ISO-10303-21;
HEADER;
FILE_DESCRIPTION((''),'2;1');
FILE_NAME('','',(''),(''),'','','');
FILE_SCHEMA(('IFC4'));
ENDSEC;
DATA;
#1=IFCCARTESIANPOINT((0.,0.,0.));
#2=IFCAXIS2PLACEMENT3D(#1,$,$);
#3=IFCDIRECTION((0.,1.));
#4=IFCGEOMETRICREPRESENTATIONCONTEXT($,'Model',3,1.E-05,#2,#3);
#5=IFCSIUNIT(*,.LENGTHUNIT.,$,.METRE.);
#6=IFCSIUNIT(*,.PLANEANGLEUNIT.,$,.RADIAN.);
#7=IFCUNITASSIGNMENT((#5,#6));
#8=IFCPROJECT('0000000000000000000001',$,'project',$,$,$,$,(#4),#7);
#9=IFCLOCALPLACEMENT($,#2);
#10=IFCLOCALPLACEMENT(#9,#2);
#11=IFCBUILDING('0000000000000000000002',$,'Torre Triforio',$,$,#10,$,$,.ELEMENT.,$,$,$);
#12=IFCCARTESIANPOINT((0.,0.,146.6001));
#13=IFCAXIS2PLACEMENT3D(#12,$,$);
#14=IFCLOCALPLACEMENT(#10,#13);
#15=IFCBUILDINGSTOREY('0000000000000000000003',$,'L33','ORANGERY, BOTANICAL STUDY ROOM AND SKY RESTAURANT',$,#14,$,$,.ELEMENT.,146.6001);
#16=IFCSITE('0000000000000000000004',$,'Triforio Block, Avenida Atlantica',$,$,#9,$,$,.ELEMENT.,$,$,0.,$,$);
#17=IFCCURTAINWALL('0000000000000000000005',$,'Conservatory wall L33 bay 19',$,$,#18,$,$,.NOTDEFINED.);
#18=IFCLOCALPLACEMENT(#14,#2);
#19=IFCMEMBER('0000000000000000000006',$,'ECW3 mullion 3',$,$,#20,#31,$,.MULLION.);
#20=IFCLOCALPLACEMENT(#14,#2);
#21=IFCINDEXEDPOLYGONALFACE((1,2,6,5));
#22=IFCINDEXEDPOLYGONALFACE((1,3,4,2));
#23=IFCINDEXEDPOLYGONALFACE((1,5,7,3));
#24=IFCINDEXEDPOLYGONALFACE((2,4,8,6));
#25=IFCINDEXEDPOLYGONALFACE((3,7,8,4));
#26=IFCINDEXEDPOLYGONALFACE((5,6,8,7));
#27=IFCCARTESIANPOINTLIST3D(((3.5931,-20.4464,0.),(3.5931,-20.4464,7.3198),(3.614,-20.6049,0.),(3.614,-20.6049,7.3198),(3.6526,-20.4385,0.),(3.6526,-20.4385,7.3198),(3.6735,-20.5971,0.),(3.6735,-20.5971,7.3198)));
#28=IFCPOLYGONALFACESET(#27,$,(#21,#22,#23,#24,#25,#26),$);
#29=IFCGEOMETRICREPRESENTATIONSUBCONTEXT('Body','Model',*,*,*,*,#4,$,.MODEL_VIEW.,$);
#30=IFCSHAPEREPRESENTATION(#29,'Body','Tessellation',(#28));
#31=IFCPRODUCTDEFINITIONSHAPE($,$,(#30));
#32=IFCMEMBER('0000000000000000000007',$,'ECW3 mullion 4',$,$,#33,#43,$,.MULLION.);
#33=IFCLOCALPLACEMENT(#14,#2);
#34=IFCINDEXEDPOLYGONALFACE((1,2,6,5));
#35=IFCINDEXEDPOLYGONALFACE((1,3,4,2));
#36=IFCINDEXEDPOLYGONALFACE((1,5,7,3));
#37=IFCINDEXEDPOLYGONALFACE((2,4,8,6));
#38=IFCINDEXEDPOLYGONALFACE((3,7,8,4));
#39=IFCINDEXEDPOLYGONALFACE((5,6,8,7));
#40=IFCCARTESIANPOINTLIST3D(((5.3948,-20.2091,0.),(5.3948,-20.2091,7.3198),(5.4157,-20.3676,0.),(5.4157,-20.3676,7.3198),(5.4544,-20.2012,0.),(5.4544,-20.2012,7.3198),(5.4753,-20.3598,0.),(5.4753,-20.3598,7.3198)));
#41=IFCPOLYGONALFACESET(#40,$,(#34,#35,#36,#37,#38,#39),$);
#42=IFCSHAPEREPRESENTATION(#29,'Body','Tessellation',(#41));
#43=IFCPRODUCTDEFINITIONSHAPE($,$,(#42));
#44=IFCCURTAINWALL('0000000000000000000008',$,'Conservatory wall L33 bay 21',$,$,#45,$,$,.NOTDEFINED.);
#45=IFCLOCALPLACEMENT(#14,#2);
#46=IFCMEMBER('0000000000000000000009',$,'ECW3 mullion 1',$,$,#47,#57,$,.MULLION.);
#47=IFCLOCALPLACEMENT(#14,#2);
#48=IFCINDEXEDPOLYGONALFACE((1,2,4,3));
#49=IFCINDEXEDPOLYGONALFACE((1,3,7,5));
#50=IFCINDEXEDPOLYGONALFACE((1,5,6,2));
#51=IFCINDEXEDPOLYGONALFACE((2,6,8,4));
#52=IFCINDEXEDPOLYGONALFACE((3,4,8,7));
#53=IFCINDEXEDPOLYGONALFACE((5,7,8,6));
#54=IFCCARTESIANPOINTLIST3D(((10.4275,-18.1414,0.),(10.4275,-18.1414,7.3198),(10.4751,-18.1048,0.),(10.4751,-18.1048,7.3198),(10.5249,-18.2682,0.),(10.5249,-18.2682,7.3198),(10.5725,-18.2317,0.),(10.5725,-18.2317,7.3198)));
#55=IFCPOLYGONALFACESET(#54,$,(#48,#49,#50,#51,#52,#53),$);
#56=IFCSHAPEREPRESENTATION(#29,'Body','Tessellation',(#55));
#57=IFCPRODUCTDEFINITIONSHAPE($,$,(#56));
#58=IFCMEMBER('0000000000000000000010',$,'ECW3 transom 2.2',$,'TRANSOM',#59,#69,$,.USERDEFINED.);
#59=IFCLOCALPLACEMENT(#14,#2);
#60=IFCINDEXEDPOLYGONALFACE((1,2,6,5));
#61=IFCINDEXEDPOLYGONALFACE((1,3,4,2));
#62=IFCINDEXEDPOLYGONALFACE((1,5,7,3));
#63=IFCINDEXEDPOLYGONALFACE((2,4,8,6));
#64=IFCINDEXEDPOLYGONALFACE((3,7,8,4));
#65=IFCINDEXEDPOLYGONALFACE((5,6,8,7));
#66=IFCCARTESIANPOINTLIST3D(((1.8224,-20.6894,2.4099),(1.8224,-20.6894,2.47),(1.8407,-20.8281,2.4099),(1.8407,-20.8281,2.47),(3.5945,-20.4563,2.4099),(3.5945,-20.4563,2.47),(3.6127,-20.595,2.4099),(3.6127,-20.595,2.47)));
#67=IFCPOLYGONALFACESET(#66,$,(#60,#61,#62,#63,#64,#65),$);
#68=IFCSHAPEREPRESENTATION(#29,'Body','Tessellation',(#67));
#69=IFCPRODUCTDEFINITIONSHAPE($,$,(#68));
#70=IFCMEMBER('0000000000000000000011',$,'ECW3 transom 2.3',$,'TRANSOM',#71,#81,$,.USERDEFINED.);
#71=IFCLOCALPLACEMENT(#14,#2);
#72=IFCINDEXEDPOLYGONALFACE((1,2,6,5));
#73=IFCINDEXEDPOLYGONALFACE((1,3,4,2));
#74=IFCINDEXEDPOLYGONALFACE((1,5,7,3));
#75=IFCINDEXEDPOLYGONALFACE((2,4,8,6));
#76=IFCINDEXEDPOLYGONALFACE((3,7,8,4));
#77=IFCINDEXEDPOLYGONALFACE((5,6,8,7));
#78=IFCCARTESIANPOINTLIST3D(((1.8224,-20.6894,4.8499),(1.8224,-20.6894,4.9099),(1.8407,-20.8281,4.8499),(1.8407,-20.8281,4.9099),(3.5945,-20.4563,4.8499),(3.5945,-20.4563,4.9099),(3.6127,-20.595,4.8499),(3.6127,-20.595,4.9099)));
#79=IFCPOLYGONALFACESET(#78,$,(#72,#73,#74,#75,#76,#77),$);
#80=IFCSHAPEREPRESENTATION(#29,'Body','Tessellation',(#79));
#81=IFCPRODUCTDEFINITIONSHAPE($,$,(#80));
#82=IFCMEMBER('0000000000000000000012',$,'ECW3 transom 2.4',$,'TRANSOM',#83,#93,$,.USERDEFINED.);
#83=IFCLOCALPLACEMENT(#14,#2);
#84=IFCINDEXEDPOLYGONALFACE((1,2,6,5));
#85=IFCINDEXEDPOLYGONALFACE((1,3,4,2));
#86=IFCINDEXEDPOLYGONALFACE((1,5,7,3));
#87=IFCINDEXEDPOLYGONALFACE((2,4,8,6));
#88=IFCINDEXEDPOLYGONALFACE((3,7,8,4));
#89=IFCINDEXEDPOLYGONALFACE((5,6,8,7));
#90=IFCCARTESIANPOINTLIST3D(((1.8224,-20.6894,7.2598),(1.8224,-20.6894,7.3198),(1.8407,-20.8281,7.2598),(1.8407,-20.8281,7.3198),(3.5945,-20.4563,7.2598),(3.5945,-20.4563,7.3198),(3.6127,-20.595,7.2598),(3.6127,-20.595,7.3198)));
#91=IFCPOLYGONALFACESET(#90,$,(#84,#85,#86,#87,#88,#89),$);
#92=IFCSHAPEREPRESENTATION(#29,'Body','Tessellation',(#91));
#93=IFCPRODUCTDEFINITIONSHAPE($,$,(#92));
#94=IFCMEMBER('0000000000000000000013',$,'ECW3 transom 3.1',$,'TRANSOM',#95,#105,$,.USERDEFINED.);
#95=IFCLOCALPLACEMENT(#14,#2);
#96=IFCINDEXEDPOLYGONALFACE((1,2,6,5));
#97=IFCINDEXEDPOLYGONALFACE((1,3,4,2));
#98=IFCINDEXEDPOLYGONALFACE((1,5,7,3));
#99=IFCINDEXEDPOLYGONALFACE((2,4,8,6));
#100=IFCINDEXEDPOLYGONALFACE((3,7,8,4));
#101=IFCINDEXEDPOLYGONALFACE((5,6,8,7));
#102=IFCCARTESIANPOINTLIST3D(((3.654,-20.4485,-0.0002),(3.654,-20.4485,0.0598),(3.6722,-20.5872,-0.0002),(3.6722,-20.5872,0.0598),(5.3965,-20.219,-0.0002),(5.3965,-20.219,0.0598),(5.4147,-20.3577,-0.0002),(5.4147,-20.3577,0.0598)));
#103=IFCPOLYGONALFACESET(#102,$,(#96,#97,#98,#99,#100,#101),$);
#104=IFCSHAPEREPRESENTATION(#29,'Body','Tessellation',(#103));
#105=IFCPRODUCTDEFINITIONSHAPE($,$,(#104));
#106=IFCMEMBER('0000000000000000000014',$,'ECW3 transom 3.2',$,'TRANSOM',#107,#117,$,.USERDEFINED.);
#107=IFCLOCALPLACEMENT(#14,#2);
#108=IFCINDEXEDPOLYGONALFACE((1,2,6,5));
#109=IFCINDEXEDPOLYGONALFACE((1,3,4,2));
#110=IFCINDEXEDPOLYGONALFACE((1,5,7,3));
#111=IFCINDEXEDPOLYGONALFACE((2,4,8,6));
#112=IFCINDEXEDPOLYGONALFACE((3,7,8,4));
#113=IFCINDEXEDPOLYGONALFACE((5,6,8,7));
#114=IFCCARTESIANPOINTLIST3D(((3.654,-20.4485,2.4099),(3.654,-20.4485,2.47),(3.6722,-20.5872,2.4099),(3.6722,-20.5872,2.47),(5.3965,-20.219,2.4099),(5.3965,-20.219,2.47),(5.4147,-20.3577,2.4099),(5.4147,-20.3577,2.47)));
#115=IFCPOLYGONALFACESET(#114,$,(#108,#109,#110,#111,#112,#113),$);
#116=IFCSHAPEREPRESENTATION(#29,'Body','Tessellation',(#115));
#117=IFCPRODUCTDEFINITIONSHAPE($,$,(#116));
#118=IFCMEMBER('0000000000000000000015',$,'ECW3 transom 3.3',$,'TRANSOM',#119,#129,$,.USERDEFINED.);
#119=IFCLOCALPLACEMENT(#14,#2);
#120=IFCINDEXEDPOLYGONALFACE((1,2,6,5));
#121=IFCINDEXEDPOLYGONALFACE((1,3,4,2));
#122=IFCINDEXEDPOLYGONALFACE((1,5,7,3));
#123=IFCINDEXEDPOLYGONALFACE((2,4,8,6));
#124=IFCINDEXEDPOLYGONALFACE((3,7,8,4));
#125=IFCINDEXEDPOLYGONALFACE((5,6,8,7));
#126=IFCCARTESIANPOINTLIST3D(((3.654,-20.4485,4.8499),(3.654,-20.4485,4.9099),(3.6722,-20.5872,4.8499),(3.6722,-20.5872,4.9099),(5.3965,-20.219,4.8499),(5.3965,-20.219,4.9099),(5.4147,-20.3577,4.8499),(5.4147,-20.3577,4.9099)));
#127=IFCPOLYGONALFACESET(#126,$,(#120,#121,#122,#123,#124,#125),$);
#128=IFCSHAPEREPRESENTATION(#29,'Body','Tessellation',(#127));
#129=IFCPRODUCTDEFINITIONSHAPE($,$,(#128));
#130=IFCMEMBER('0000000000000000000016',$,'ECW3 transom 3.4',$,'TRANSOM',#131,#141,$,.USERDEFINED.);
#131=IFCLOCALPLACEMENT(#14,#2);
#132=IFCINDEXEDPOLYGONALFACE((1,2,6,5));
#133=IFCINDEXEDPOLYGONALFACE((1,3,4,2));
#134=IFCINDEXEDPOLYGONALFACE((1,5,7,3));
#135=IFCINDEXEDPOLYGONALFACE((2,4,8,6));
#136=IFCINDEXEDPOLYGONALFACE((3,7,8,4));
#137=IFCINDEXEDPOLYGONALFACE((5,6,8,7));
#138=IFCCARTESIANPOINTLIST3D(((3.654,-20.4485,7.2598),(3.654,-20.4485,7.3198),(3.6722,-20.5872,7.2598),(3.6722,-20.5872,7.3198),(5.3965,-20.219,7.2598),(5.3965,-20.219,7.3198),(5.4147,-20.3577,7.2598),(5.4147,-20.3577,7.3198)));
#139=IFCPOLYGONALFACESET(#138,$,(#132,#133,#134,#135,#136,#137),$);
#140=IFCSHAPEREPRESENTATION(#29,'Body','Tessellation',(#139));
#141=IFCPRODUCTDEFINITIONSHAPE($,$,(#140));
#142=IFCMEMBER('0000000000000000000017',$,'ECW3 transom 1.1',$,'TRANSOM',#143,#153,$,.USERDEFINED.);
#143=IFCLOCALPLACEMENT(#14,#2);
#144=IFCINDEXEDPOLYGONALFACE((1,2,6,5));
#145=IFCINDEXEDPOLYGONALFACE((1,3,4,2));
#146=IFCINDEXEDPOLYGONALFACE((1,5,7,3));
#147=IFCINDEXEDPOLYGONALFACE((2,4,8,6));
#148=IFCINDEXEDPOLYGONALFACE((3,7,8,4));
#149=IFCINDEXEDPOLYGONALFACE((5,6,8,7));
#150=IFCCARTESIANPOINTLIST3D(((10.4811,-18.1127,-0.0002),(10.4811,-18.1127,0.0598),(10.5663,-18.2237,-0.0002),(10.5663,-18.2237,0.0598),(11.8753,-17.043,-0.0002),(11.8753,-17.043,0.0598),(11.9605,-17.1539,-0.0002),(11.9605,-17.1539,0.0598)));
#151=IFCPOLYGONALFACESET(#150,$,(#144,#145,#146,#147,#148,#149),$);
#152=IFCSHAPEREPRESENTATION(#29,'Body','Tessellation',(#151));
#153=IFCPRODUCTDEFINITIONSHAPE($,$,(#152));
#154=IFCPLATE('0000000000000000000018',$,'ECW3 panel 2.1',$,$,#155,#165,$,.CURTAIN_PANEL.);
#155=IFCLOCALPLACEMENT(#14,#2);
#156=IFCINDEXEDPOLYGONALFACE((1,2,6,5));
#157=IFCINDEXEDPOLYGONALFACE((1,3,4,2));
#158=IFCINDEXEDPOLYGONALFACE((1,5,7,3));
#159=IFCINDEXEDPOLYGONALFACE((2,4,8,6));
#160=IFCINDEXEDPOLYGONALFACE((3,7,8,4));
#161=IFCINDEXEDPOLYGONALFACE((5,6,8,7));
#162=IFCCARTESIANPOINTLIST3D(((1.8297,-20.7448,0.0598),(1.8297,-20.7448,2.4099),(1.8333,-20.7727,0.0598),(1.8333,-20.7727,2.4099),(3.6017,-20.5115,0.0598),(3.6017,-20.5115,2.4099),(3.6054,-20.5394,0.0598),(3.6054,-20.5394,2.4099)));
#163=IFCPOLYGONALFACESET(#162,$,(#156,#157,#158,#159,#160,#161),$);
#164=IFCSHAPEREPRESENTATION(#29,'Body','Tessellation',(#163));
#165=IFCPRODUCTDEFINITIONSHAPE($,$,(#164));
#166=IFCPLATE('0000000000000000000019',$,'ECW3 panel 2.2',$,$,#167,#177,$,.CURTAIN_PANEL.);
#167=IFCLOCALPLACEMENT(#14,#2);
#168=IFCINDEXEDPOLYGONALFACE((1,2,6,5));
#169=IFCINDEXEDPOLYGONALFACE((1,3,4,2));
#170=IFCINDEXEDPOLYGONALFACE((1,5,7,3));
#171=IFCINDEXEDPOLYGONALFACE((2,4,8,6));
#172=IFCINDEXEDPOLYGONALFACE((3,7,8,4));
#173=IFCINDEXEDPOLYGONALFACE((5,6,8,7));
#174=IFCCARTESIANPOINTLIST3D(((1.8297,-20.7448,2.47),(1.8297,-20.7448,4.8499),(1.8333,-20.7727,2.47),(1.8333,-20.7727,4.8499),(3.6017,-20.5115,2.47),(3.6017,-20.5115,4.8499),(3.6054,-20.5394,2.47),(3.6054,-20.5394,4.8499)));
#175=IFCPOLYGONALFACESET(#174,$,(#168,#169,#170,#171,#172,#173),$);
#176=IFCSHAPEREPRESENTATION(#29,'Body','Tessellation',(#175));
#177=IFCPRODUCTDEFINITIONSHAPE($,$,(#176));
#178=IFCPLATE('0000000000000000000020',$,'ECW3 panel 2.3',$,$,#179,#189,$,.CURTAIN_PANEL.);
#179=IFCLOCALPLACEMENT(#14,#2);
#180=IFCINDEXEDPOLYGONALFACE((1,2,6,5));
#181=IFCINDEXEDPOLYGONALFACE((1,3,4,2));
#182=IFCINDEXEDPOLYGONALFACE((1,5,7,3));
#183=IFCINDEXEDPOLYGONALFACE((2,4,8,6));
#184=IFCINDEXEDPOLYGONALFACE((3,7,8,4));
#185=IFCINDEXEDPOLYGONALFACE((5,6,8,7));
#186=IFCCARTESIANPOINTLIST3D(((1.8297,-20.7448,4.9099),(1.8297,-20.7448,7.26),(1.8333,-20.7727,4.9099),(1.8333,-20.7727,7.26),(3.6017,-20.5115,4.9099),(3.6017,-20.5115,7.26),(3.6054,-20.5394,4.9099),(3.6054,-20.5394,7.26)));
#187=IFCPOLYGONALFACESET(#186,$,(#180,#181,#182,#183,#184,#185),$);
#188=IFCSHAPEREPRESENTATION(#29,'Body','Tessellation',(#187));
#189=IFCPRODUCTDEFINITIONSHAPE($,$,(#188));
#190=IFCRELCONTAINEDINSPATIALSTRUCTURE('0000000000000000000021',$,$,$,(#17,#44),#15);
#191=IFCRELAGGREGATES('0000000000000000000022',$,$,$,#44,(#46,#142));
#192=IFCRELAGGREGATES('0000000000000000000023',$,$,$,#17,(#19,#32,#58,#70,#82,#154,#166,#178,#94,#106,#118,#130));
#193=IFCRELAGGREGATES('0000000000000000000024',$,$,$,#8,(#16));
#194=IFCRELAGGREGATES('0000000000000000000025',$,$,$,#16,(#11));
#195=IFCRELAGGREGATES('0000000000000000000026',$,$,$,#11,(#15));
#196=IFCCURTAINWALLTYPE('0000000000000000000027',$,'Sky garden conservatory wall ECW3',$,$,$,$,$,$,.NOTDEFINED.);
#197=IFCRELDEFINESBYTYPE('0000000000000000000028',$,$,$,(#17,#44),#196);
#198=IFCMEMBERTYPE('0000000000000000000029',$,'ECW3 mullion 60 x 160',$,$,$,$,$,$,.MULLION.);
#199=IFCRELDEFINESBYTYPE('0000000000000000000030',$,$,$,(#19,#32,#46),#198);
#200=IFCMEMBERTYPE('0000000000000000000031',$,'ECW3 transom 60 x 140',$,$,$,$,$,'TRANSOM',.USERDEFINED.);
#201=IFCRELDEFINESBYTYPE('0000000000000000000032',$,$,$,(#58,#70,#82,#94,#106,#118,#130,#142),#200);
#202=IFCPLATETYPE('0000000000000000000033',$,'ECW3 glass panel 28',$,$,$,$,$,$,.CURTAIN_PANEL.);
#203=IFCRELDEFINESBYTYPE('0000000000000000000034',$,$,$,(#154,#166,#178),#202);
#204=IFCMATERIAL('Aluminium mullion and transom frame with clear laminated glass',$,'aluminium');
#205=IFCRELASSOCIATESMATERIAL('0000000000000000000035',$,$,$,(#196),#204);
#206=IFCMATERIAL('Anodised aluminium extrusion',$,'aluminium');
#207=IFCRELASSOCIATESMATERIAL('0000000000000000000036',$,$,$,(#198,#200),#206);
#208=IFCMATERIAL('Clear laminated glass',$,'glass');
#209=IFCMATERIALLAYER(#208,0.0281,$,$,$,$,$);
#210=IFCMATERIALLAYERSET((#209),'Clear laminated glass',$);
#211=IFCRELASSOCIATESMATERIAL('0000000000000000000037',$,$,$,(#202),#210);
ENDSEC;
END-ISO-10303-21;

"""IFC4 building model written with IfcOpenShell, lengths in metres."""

from ifc_helpers import new_model, si_unit, direction, frame, origin, origin_2d, place, context, subcontext, project, spatial, rectangle, extrude, material, layer, layer_set, material_profile, profile_set, type_object, element, aggregate, save


model = new_model("IFC4")

# Units and contexts
model_context = context("Model", 3, precision=1e-05, world=origin(), true_north=direction((0.0, 1.0)))
body_context = subcontext(model_context, "Body", "Model", "MODEL_VIEW")
ifc_project = project(units=[si_unit("LENGTHUNIT", "METRE"), si_unit("PLANEANGLEUNIT", "RADIAN")], contexts=[model_context])

# Site, building, storey
site_placement = place(None, origin())
site = spatial("IfcSite", under=ifc_project, at=site_placement, Name="Triforio Block, Avenida Atlantica", CompositionType="ELEMENT", RefElevation=0.0)
building_placement = place(site_placement, origin())
building = spatial("IfcBuilding", under=site, at=building_placement, Name="Torre Triforio", CompositionType="ELEMENT")
storey_placement = place(building_placement, frame((0.0, 0.0, 146.6001)))
storey = spatial("IfcBuildingStorey", under=building, at=storey_placement, Name="L33", Description="ORANGERY, BOTANICAL STUDY ROOM AND SKY RESTAURANT", CompositionType="ELEMENT", Elevation=146.6001)

# Curtain wall, members
ifc_material_1 = material(Name="Aluminium mullion and transom frame with clear laminated glass", Category="aluminium")
curtain_wall_type = type_object("IfcCurtainWallType", Name="Sky garden conservatory wall ECW3", PredefinedType="NOTDEFINED", material=ifc_material_1)
curtain_wall_1_placement = place(storey_placement, origin())
curtain_wall_1 = element("IfcCurtainWall", 1, at=curtain_wall_1_placement, inside=storey, type_object=curtain_wall_type, Name="Conservatory wall L33 bay 19", PredefinedType="NOTDEFINED")
ifc_material_2 = material(Name="Anodised aluminium extrusion", Category="aluminium")
ifc_material_profile_1 = material_profile(ifc_material_2, rectangle(XDim=0.1599, YDim=0.0601, at=origin_2d()), Name="ECW3 MULLION 60x160")
ifc_profile_set_1 = profile_set([ifc_material_profile_1], Name="Anodised aluminium extrusion")
member_type_1 = type_object("IfcMemberType", Name="ECW3 mullion 60 x 160", PredefinedType="MULLION", material=ifc_profile_set_1)
member_1_placement = place(storey_placement, frame((3.6333, -20.5217, 0.0), z_axis=(0.0, 0.0, 1.0), x_axis=(-0.13053, 0.991444, 0.0)))
member_1 = element("IfcMember", 2, at=member_1_placement, type_object=member_type_1, Name="ECW3 mullion 3", PredefinedType="MULLION", context=body_context, shape_type="SweptSolid", body=[
    extrude(rectangle(XDim=0.1599, YDim=0.0601, at=origin_2d()), origin(), (0.0, 0.0, 1.0), 7.3198),
])
member_2_placement = place(storey_placement, frame((5.4351, -20.2844, 0.0), z_axis=(0.0, 0.0, 1.0), x_axis=(-0.13053, 0.991444, 0.0)))
member_2 = element("IfcMember", 3, at=member_2_placement, type_object=member_type_1, Name="ECW3 mullion 4", PredefinedType="MULLION", context=body_context, shape_type="SweptSolid", body=[
    extrude(rectangle(XDim=0.1599, YDim=0.0601, at=origin_2d()), origin(), (0.0, 0.0, 1.0), 7.3198),
])

# Curtain wall, member
curtain_wall_2_placement = place(storey_placement, origin())
curtain_wall_2 = element("IfcCurtainWall", 4, at=curtain_wall_2_placement, inside=storey, type_object=curtain_wall_type, Name="Conservatory wall L33 bay 21", PredefinedType="NOTDEFINED")
member_3_placement = place(storey_placement, frame((10.5, -18.1865, 0.0), z_axis=(0.0, 0.0, 1.0), x_axis=(-0.608763, 0.793352, 0.0)))
member_3 = element("IfcMember", 5, at=member_3_placement, type_object=member_type_1, Name="ECW3 mullion 1", PredefinedType="MULLION", context=body_context, shape_type="SweptSolid", body=[
    extrude(rectangle(XDim=0.1599, YDim=0.0601, at=origin_2d()), origin(), (0.0, 0.0, 1.0), 7.3198),
])

# Members
ifc_material_profile_2 = material_profile(ifc_material_2, rectangle(XDim=0.1399, YDim=0.0601, at=origin_2d()), Name="ECW3 TRANSOM 60x140")
ifc_profile_set_2 = profile_set([ifc_material_profile_2], Name="Anodised aluminium extrusion")
member_type_2 = type_object("IfcMemberType", Name="ECW3 transom 60 x 140", ElementType="TRANSOM", PredefinedType="USERDEFINED", material=ifc_profile_set_2)
member_4_placement = place(storey_placement, frame((1.8315, -20.7588, 2.4399), z_axis=(0.991454, 0.130455, 0.0), x_axis=(-0.130455, 0.991454, 0.0)))
member_4 = element("IfcMember", 6, at=member_4_placement, type_object=member_type_2, Name="ECW3 transom 2.2", ObjectType="TRANSOM", PredefinedType="USERDEFINED", context=body_context, shape_type="SweptSolid", body=[
    extrude(rectangle(XDim=0.1399, YDim=0.0601, at=origin_2d()), origin(), (0.0, 0.0, 1.0), 1.7874),
])
member_5_placement = place(storey_placement, frame((1.8315, -20.7588, 4.8799), z_axis=(0.991454, 0.130455, 0.0), x_axis=(-0.130455, 0.991454, 0.0)))
member_5 = element("IfcMember", 7, at=member_5_placement, type_object=member_type_2, Name="ECW3 transom 2.3", ObjectType="TRANSOM", PredefinedType="USERDEFINED", context=body_context, shape_type="SweptSolid", body=[
    extrude(rectangle(XDim=0.1399, YDim=0.0601, at=origin_2d()), origin(), (0.0, 0.0, 1.0), 1.7874),
])
member_6_placement = place(storey_placement, frame((1.8315, -20.7588, 7.2898), z_axis=(0.991454, 0.130455, 0.0), x_axis=(-0.130455, 0.991454, 0.0)))
member_6 = element("IfcMember", 8, at=member_6_placement, type_object=member_type_2, Name="ECW3 transom 2.4", ObjectType="TRANSOM", PredefinedType="USERDEFINED", context=body_context, shape_type="SweptSolid", body=[
    extrude(rectangle(XDim=0.1399, YDim=0.0601, at=origin_2d()), origin(), (0.0, 0.0, 1.0), 1.7874),
])
member_7_placement = place(storey_placement, frame((3.6631, -20.5178, 0.0298), z_axis=(0.991438, 0.13058, 0.0), x_axis=(-0.13058, 0.991438, 0.0)))
member_7 = element("IfcMember", 9, at=member_7_placement, type_object=member_type_2, Name="ECW3 transom 3.1", ObjectType="TRANSOM", PredefinedType="USERDEFINED", context=body_context, shape_type="SweptSolid", body=[
    extrude(rectangle(XDim=0.1399, YDim=0.0601, at=origin_2d()), origin(), (0.0, 0.0, 1.0), 1.7576),
])
member_8_placement = place(storey_placement, frame((3.6631, -20.5178, 2.4399), z_axis=(0.991438, 0.13058, 0.0), x_axis=(-0.13058, 0.991438, 0.0)))
member_8 = element("IfcMember", 10, at=member_8_placement, type_object=member_type_2, Name="ECW3 transom 3.2", ObjectType="TRANSOM", PredefinedType="USERDEFINED", context=body_context, shape_type="SweptSolid", body=[
    extrude(rectangle(XDim=0.1399, YDim=0.0601, at=origin_2d()), origin(), (0.0, 0.0, 1.0), 1.7576),
])
member_9_placement = place(storey_placement, frame((3.6631, -20.5178, 4.8799), z_axis=(0.991438, 0.13058, 0.0), x_axis=(-0.13058, 0.991438, 0.0)))
member_9 = element("IfcMember", 11, at=member_9_placement, type_object=member_type_2, Name="ECW3 transom 3.3", ObjectType="TRANSOM", PredefinedType="USERDEFINED", context=body_context, shape_type="SweptSolid", body=[
    extrude(rectangle(XDim=0.1399, YDim=0.0601, at=origin_2d()), origin(), (0.0, 0.0, 1.0), 1.7576),
])
member_10_placement = place(storey_placement, frame((3.6631, -20.5178, 7.2898), z_axis=(0.991438, 0.13058, 0.0), x_axis=(-0.13058, 0.991438, 0.0)))
member_10 = element("IfcMember", 12, at=member_10_placement, type_object=member_type_2, Name="ECW3 transom 3.4", ObjectType="TRANSOM", PredefinedType="USERDEFINED", context=body_context, shape_type="SweptSolid", body=[
    extrude(rectangle(XDim=0.1399, YDim=0.0601, at=origin_2d()), origin(), (0.0, 0.0, 1.0), 1.7576),
])
member_11_placement = place(storey_placement, frame((10.5237, -18.1682, 0.0298), z_axis=(0.793367, 0.608744, 0.0), x_axis=(-0.608744, 0.793367, 0.0)))
member_11 = element("IfcMember", 13, at=member_11_placement, type_object=member_type_2, Name="ECW3 transom 1.1", ObjectType="TRANSOM", PredefinedType="USERDEFINED", context=body_context, shape_type="SweptSolid", body=[
    extrude(rectangle(XDim=0.1399, YDim=0.0601, at=origin_2d()), origin(), (0.0, 0.0, 1.0), 1.7573),
])
aggregate(curtain_wall_2, [member_3, member_11])

# Plates
ifc_material_3 = material(Name="Clear laminated glass", Category="glass")
ifc_layer_1 = layer(ifc_material_3, 0.0281)
ifc_layer_set_1 = layer_set([ifc_layer_1], Name="Clear laminated glass")
plate_type = type_object("IfcPlateType", Name="ECW3 glass panel 28", PredefinedType="CURTAIN_PANEL", material=ifc_layer_set_1)
plate_1_placement = place(storey_placement, frame((2.7175, -20.6421, 0.0598), z_axis=(0.0, 0.0, 1.0), x_axis=(0.991444, 0.13053, 0.0)))
plate_1 = element("IfcPlate", 14, at=plate_1_placement, type_object=plate_type, Name="ECW3 panel 2.1", PredefinedType="CURTAIN_PANEL", context=body_context, shape_type="SweptSolid", body=[
    extrude(rectangle(XDim=1.7874, YDim=0.0281, at=origin_2d()), origin(), (0.0, 0.0, 1.0), 2.3501),
])
plate_2_placement = place(storey_placement, frame((2.7175, -20.6421, 2.47), z_axis=(0.0, 0.0, 1.0), x_axis=(0.991444, 0.13053, 0.0)))
plate_2 = element("IfcPlate", 15, at=plate_2_placement, type_object=plate_type, Name="ECW3 panel 2.2", PredefinedType="CURTAIN_PANEL", context=body_context, shape_type="SweptSolid", body=[
    extrude(rectangle(XDim=1.7874, YDim=0.0281, at=origin_2d()), origin(), (0.0, 0.0, 1.0), 2.3799),
])
plate_3_placement = place(storey_placement, frame((2.7175, -20.6421, 4.9099), z_axis=(0.0, 0.0, 1.0), x_axis=(0.991444, 0.13053, 0.0)))
plate_3 = element("IfcPlate", 16, at=plate_3_placement, type_object=plate_type, Name="ECW3 panel 2.3", PredefinedType="CURTAIN_PANEL", context=body_context, shape_type="SweptSolid", body=[
    extrude(rectangle(XDim=1.7874, YDim=0.0281, at=origin_2d()), origin(), (0.0, 0.0, 1.0), 2.3501),
])
aggregate(curtain_wall_1, [member_1, member_2, member_4, member_5, member_6, plate_1, plate_2, plate_3, member_7, member_8, member_9, member_10])

save(model, "model.ifc")
